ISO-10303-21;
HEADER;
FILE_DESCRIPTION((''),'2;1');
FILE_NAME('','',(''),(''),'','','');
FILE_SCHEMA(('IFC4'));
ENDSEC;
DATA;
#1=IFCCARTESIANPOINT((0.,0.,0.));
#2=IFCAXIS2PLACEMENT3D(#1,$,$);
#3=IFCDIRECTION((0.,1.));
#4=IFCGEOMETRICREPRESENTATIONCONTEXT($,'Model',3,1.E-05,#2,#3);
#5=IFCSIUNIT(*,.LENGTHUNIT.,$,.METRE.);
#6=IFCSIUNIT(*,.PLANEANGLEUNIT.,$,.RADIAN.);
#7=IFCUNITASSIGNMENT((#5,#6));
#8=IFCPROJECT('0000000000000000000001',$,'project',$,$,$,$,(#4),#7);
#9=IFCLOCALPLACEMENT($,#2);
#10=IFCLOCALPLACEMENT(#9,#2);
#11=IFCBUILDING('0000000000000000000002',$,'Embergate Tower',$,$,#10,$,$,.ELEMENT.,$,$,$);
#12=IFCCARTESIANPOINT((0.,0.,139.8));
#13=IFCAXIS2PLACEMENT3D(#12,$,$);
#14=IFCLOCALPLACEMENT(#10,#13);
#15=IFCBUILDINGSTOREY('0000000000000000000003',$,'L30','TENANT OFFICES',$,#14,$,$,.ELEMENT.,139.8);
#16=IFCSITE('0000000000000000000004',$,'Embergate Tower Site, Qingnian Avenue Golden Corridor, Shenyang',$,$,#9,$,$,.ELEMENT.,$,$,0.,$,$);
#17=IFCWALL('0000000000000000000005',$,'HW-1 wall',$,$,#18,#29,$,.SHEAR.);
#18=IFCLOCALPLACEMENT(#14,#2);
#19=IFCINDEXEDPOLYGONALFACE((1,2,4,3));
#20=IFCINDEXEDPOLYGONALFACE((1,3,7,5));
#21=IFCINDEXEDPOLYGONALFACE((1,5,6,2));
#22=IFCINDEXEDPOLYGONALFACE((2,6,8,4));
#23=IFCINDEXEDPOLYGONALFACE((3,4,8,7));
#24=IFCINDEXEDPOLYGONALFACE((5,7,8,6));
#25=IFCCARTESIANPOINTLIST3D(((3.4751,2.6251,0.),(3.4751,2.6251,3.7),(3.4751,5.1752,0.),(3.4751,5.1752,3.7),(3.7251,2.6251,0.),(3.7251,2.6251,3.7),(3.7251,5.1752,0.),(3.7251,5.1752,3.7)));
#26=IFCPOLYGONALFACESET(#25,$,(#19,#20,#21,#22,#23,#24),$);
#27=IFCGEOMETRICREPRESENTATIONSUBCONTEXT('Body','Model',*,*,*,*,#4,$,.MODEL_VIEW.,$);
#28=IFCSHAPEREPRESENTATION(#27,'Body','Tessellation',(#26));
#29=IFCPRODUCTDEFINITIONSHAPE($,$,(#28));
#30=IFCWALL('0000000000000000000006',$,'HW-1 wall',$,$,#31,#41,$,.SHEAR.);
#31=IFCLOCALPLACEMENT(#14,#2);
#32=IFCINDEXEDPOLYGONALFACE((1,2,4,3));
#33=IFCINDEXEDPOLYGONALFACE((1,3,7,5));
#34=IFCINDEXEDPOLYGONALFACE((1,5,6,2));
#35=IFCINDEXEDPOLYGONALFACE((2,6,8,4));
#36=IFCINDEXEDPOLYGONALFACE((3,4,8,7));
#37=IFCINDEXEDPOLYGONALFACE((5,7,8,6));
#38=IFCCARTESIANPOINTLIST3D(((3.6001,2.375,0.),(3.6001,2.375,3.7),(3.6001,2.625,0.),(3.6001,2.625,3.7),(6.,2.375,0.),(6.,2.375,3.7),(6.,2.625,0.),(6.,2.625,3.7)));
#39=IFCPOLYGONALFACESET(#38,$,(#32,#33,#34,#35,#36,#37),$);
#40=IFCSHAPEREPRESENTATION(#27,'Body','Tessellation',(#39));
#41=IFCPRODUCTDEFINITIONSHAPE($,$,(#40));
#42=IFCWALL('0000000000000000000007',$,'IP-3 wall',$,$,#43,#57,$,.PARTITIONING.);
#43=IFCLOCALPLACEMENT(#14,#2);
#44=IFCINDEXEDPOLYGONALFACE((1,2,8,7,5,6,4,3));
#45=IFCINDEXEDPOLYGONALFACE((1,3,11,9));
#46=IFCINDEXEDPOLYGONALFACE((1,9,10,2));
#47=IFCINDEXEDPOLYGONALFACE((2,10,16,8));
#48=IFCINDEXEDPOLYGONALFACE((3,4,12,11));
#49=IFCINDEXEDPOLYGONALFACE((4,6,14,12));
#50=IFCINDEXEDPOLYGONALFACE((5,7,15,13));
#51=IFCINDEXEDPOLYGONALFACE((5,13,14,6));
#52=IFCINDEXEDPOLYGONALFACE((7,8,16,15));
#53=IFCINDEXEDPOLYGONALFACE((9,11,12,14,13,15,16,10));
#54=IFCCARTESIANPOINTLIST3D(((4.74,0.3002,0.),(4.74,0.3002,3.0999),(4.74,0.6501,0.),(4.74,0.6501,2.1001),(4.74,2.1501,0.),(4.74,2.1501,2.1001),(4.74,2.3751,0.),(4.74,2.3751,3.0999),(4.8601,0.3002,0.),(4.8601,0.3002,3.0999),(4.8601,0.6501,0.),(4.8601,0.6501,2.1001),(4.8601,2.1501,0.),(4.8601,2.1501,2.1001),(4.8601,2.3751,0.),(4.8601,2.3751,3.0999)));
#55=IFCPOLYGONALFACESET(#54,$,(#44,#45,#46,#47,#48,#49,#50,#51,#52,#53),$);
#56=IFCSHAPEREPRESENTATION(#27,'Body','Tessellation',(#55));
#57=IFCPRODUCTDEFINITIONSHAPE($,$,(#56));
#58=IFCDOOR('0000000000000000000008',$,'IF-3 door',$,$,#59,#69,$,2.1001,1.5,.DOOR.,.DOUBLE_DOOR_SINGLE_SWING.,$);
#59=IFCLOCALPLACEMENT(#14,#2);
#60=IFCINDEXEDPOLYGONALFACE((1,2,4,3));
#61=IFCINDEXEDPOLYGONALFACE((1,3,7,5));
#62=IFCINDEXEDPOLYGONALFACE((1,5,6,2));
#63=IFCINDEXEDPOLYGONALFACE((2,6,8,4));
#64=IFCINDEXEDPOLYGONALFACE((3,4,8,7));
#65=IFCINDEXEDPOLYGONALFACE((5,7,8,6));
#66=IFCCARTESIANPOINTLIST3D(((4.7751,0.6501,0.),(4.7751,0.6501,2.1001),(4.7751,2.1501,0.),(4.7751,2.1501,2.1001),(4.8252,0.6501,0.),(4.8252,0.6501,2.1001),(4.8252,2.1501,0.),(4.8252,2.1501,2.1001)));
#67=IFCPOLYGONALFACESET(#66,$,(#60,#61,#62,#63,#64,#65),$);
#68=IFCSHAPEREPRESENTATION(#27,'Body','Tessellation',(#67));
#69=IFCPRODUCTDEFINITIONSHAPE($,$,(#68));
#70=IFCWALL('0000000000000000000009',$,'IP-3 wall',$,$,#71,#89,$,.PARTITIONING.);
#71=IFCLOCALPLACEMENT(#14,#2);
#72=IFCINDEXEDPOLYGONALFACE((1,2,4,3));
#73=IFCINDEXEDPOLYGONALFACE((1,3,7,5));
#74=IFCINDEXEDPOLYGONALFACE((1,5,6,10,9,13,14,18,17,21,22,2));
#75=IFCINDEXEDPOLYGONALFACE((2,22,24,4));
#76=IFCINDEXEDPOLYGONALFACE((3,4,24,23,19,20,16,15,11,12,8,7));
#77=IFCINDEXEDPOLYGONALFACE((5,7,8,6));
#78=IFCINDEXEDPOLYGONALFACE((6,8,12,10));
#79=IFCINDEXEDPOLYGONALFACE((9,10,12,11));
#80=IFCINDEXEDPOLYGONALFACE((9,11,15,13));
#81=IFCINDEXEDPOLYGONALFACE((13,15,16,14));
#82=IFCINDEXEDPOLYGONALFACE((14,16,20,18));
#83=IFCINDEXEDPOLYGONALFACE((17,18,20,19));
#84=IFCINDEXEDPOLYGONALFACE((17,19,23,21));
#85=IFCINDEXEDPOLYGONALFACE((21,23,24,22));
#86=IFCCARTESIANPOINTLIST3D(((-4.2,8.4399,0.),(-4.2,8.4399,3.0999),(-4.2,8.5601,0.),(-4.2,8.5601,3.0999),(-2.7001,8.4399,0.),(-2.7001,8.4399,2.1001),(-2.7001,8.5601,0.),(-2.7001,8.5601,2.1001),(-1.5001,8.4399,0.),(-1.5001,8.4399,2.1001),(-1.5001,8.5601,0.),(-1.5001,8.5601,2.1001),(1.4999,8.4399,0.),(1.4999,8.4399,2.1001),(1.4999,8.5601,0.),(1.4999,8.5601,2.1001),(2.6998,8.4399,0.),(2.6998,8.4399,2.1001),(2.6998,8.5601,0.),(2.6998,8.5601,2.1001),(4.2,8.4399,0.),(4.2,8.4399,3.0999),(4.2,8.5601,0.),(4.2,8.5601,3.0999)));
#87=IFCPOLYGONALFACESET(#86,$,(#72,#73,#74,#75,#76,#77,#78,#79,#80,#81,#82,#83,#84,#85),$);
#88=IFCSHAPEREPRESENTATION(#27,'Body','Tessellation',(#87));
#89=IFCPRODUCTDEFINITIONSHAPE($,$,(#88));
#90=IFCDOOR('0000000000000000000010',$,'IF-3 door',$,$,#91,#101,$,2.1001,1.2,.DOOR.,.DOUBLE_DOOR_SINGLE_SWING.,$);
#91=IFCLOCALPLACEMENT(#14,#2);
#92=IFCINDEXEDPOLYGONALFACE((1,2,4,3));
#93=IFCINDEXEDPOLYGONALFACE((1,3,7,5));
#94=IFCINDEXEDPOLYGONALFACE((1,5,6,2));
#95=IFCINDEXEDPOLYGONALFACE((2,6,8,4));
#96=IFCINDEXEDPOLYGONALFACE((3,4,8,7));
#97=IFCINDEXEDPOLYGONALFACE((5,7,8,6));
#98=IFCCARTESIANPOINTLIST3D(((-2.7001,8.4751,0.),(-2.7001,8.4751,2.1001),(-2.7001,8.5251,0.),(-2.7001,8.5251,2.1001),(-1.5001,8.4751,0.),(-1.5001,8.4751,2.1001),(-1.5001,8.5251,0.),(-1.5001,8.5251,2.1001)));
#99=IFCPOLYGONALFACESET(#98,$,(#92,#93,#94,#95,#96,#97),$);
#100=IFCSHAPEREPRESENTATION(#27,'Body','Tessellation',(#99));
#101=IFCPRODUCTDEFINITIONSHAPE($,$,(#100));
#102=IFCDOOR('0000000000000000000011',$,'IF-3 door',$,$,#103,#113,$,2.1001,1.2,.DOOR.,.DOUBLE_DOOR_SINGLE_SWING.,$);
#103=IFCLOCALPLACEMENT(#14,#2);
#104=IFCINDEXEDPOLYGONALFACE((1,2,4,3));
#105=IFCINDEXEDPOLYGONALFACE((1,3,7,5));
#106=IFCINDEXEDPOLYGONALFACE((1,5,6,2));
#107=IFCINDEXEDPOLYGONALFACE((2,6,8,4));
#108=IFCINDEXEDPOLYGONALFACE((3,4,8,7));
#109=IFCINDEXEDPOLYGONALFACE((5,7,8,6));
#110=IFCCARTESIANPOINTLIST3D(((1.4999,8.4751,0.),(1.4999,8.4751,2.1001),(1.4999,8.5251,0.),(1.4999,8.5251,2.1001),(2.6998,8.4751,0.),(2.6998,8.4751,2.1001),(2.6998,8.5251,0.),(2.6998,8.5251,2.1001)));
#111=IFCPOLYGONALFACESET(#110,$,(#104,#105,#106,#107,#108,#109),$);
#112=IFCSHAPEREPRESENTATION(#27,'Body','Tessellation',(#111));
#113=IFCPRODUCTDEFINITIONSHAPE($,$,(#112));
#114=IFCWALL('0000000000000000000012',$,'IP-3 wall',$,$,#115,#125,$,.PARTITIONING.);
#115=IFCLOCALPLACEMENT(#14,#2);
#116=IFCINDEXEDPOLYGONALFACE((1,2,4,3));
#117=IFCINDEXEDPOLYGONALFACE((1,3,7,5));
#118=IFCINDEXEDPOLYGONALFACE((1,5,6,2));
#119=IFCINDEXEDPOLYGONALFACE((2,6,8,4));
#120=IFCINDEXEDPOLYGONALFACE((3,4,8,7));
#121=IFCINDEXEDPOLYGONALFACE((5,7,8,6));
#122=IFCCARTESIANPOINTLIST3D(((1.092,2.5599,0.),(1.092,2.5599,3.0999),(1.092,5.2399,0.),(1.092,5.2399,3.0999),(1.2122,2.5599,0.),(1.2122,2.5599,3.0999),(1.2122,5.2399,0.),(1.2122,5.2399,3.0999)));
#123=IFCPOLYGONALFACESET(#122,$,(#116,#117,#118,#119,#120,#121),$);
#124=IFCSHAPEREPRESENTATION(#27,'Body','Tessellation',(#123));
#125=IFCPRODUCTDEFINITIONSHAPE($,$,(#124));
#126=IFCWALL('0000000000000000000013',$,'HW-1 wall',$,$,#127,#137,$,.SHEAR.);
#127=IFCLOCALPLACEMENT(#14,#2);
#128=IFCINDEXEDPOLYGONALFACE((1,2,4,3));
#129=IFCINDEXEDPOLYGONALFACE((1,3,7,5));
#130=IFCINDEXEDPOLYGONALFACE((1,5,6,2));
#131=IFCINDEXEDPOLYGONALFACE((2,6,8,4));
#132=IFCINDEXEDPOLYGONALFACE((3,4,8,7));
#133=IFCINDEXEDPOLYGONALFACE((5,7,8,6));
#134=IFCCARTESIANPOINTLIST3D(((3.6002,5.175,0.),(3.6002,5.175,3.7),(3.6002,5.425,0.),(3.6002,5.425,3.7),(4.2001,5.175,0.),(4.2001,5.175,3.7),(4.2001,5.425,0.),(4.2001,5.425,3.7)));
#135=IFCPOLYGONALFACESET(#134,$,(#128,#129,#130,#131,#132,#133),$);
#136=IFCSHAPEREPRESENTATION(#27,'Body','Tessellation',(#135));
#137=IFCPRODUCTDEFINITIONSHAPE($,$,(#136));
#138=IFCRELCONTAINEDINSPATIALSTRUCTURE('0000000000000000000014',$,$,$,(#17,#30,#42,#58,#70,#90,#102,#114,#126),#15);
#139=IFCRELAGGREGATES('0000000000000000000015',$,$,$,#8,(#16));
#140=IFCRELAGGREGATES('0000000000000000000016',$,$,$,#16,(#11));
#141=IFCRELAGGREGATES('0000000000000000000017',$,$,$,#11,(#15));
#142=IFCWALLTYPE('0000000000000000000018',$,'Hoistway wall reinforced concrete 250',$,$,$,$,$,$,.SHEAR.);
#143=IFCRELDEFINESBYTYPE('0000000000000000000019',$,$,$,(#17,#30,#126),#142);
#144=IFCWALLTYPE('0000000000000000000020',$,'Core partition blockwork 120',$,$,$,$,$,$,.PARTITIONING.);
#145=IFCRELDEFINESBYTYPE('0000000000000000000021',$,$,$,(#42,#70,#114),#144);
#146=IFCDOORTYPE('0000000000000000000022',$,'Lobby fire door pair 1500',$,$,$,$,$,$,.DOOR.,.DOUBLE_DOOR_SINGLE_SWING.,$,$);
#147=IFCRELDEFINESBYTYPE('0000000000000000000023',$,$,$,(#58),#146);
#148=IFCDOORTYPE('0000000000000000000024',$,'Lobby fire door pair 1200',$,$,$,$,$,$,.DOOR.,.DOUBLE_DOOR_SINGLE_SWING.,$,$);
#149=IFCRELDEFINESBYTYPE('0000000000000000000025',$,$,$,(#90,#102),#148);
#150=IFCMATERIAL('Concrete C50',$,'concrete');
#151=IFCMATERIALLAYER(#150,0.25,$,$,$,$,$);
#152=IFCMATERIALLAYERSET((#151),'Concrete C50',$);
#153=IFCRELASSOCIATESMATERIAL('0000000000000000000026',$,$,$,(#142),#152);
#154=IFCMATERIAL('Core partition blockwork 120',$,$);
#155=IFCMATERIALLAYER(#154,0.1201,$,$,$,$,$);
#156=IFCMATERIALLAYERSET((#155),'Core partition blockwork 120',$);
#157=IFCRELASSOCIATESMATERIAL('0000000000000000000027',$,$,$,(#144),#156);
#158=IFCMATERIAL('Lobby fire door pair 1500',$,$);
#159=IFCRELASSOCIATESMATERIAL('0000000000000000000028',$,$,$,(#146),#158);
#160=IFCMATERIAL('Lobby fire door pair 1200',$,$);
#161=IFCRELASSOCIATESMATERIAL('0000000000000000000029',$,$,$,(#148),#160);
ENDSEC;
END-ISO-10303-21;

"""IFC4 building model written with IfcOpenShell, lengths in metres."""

from ifc_helpers import new_model, si_unit, direction, frame, frame_2d, origin, place, context, subcontext, project, spatial, rectangle, extrude, source, transform, mapped, material, layer, layer_set, type_object, element, fill, save


model = new_model("IFC4")

# Units and contexts
model_context = context("Model", 3, precision=1e-05, world=origin(), true_north=direction((0.0, 1.0)))
body_context = subcontext(model_context, "Body", "Model", "MODEL_VIEW")
ifc_project = project(units=[si_unit("LENGTHUNIT", "METRE"), si_unit("PLANEANGLEUNIT", "RADIAN")], contexts=[model_context])

# Site, building, storey
site_placement = place(None, origin())
site = spatial("IfcSite", under=ifc_project, at=site_placement, Name="Embergate Tower Site, Qingnian Avenue Golden Corridor, Shenyang", CompositionType="ELEMENT", RefElevation=0.0)
building_placement = place(site_placement, origin())
building = spatial("IfcBuilding", under=site, at=building_placement, Name="Embergate Tower", CompositionType="ELEMENT")
storey_placement = place(building_placement, frame((0.0, 0.0, 139.8)))
storey = spatial("IfcBuildingStorey", under=building, at=storey_placement, Name="L30", Description="TENANT OFFICES", CompositionType="ELEMENT", Elevation=139.8)

# Walls
ifc_material_1 = material(Name="Concrete C50", Category="concrete")
ifc_layer_1 = layer(ifc_material_1, 0.25)
ifc_layer_set_1 = layer_set([ifc_layer_1], Name="Concrete C50")
wall_type_1 = type_object("IfcWallType", Name="Hoistway wall reinforced concrete 250", PredefinedType="SHEAR", material=ifc_layer_set_1)
shared_shape_1 = source(origin(), body_context, "Body", "SweptSolid", [
    extrude(rectangle(XDim=2.55, YDim=0.25, at=frame_2d((1.2749, 0.0))), origin(), (0.0, 0.0, 1.0), 3.7),
])
wall_1_placement = place(storey_placement, frame((3.6001, 5.175, 0.0), z_axis=(0.0, 0.0, 1.0), x_axis=(0.0, -1.0, 0.0)))
element("IfcWall", 1, at=wall_1_placement, inside=storey, type_object=wall_type_1, Name="HW-1 wall", PredefinedType="SHEAR", context=body_context, shape_type="MappedRepresentation", body=[
    mapped(shared_shape_1, transform((0.0, 0.0, 0.0))),
])
shared_shape_2 = source(origin(), body_context, "Body", "SweptSolid", [
    extrude(rectangle(XDim=2.3999, YDim=0.25, at=frame_2d((1.2, 0.0))), origin(), (0.0, 0.0, 1.0), 3.7),
])
wall_2_placement = place(storey_placement, frame((3.6001, 2.5, 0.0), z_axis=(0.0, 0.0, 1.0), x_axis=(1.0, 0.0, 0.0)))
element("IfcWall", 2, at=wall_2_placement, inside=storey, type_object=wall_type_1, Name="HW-1 wall", PredefinedType="SHEAR", context=body_context, shape_type="MappedRepresentation", body=[
    mapped(shared_shape_2, transform((0.0, 0.0, 0.0))),
])

# Wall, opening, door
ifc_material_2 = material(Name="Core partition blockwork 120")
ifc_layer_2 = layer(ifc_material_2, 0.1201)
ifc_layer_set_2 = layer_set([ifc_layer_2], Name="Core partition blockwork 120")
wall_type_2 = type_object("IfcWallType", Name="Core partition blockwork 120", PredefinedType="PARTITIONING", material=ifc_layer_set_2)
shared_shape_3 = source(origin(), body_context, "Body", "SweptSolid", [
    extrude(rectangle(XDim=2.075, YDim=0.1201, at=frame_2d((1.0376, 0.0))), origin(), (0.0, 0.0, 1.0), 3.0999),
])
wall_3_placement = place(storey_placement, frame((4.8, 0.3, 0.0), z_axis=(0.0, 0.0, 1.0), x_axis=(0.0, 1.0, 0.0)))
wall_3 = element("IfcWall", 3, at=wall_3_placement, inside=storey, type_object=wall_type_2, Name="IP-3 wall", PredefinedType="PARTITIONING", context=body_context, shape_type="MappedRepresentation", body=[
    mapped(shared_shape_3, transform((0.0, 0.0, 0.0))),
])
shared_shape_4 = source(origin(), body_context, "Body", "SweptSolid", [
    extrude(rectangle(XDim=1.5, YDim=2.1001, at=frame_2d((0.75, 1.05))), frame((0.0, 0.0701, 0.0), z_axis=(0.0, -1.0, 0.0), x_axis=(1.0, 0.0, 0.0)), (0.0, 0.0, 1.0), 0.1401),
])
opening_1_placement = place(wall_3_placement, frame((0.3501, 0.0, 0.0)))
opening_1 = element("IfcOpeningElement", 4, at=opening_1_placement, cuts=wall_3, PredefinedType="OPENING", context=body_context, shape_type="MappedRepresentation", body=[
    mapped(shared_shape_4, transform((0.0, 0.0, 0.0))),
])
ifc_material_3 = material(Name="Lobby fire door pair 1500")
door_type_1 = type_object("IfcDoorType", Name="Lobby fire door pair 1500", OperationType="DOUBLE_DOOR_SINGLE_SWING", PredefinedType="DOOR", material=ifc_material_3)
shared_shape_5 = source(origin(), body_context, "Body", "SweptSolid", [
    extrude(rectangle(XDim=1.5, YDim=2.1001, at=frame_2d((0.75, 1.05))), frame((0.0, 0.0249, 0.0), z_axis=(0.0, -1.0, 0.0), x_axis=(1.0, 0.0, 0.0)), (0.0, 0.0, 1.0), 0.05),
])
door_1_placement = place(opening_1_placement, origin())
door_1 = element("IfcDoor", 5, at=door_1_placement, inside=storey, type_object=door_type_1, Name="IF-3 door", OperationType="DOUBLE_DOOR_SINGLE_SWING", OverallHeight=2.1001, OverallWidth=1.5, PredefinedType="DOOR", context=body_context, shape_type="MappedRepresentation", body=[
    mapped(shared_shape_5, transform((0.0, 0.0, 0.0))),
])
fill(opening_1, door_1)

# Wall, openings, doors
shared_shape_6 = source(origin(), body_context, "Body", "SweptSolid", [
    extrude(rectangle(XDim=8.3999, YDim=0.1201, at=frame_2d((4.2, 0.0))), origin(), (0.0, 0.0, 1.0), 3.0999),
])
wall_4_placement = place(storey_placement, frame((4.2, 8.5, 0.0), z_axis=(0.0, 0.0, 1.0), x_axis=(-1.0, 0.0, 0.0)))
wall_4 = element("IfcWall", 6, at=wall_4_placement, inside=storey, type_object=wall_type_2, Name="IP-3 wall", PredefinedType="PARTITIONING", context=body_context, shape_type="MappedRepresentation", body=[
    mapped(shared_shape_6, transform((0.0, 0.0, 0.0))),
])
shared_shape_7 = source(origin(), body_context, "Body", "SweptSolid", [
    extrude(rectangle(XDim=1.2, YDim=2.1001, at=frame_2d((0.6001, 1.05))), frame((0.0, 0.0701, 0.0), z_axis=(0.0, -1.0, 0.0), x_axis=(1.0, 0.0, 0.0)), (0.0, 0.0, 1.0), 0.1401),
])
opening_2_placement = place(wall_4_placement, frame((5.7, 0.0, 0.0)))
opening_2 = element("IfcOpeningElement", 7, at=opening_2_placement, cuts=wall_4, PredefinedType="OPENING", context=body_context, shape_type="MappedRepresentation", body=[
    mapped(shared_shape_7, transform((0.0, 0.0, 0.0))),
])
opening_3_placement = place(wall_4_placement, frame((1.5, 0.0, 0.0)))
opening_3 = element("IfcOpeningElement", 8, at=opening_3_placement, cuts=wall_4, PredefinedType="OPENING", context=body_context, shape_type="MappedRepresentation", body=[
    mapped(shared_shape_7, transform((0.0, 0.0, 0.0))),
])
ifc_material_4 = material(Name="Lobby fire door pair 1200")
door_type_2 = type_object("IfcDoorType", Name="Lobby fire door pair 1200", OperationType="DOUBLE_DOOR_SINGLE_SWING", PredefinedType="DOOR", material=ifc_material_4)
shared_shape_8 = source(origin(), body_context, "Body", "SweptSolid", [
    extrude(rectangle(XDim=1.2, YDim=2.1001, at=frame_2d((0.6001, 1.05))), frame((0.0, 0.0249, 0.0), z_axis=(0.0, -1.0, 0.0), x_axis=(1.0, 0.0, 0.0)), (0.0, 0.0, 1.0), 0.05),
])
door_2_placement = place(opening_2_placement, origin())
door_2 = element("IfcDoor", 9, at=door_2_placement, inside=storey, type_object=door_type_2, Name="IF-3 door", OperationType="DOUBLE_DOOR_SINGLE_SWING", OverallHeight=2.1001, OverallWidth=1.2, PredefinedType="DOOR", context=body_context, shape_type="MappedRepresentation", body=[
    mapped(shared_shape_8, transform((0.0, 0.0, 0.0))),
])
fill(opening_2, door_2)
door_3_placement = place(opening_3_placement, origin())
door_3 = element("IfcDoor", 10, at=door_3_placement, inside=storey, type_object=door_type_2, Name="IF-3 door", OperationType="DOUBLE_DOOR_SINGLE_SWING", OverallHeight=2.1001, OverallWidth=1.2, PredefinedType="DOOR", context=body_context, shape_type="MappedRepresentation", body=[
    mapped(shared_shape_8, transform((0.0, 0.0, 0.0))),
])
fill(opening_3, door_3)

# Walls
shared_shape_9 = source(origin(), body_context, "Body", "SweptSolid", [
    extrude(rectangle(XDim=2.6799, YDim=0.1201, at=frame_2d((1.3398, 0.0))), origin(), (0.0, 0.0, 1.0), 3.0999),
])
wall_5_placement = place(storey_placement, frame((1.1521, 2.5601, 0.0), z_axis=(0.0, 0.0, 1.0), x_axis=(0.0, 1.0, 0.0)))
element("IfcWall", 11, at=wall_5_placement, inside=storey, type_object=wall_type_2, Name="IP-3 wall", PredefinedType="PARTITIONING", context=body_context, shape_type="MappedRepresentation", body=[
    mapped(shared_shape_9, transform((0.0, 0.0, 0.0))),
])
shared_shape_10 = source(origin(), body_context, "Body", "SweptSolid", [
    extrude(rectangle(XDim=0.5999, YDim=0.25, at=frame_2d((0.2998, 0.0))), origin(), (0.0, 0.0, 1.0), 3.7),
])
wall_6_placement = place(storey_placement, frame((4.2, 5.3, 0.0), z_axis=(0.0, 0.0, 1.0), x_axis=(-1.0, 0.0, 0.0)))
element("IfcWall", 12, at=wall_6_placement, inside=storey, type_object=wall_type_1, Name="HW-1 wall", PredefinedType="SHEAR", context=body_context, shape_type="MappedRepresentation", body=[
    mapped(shared_shape_10, transform((0.0, 0.0, 0.0))),
])

save(model, "model.ifc")
